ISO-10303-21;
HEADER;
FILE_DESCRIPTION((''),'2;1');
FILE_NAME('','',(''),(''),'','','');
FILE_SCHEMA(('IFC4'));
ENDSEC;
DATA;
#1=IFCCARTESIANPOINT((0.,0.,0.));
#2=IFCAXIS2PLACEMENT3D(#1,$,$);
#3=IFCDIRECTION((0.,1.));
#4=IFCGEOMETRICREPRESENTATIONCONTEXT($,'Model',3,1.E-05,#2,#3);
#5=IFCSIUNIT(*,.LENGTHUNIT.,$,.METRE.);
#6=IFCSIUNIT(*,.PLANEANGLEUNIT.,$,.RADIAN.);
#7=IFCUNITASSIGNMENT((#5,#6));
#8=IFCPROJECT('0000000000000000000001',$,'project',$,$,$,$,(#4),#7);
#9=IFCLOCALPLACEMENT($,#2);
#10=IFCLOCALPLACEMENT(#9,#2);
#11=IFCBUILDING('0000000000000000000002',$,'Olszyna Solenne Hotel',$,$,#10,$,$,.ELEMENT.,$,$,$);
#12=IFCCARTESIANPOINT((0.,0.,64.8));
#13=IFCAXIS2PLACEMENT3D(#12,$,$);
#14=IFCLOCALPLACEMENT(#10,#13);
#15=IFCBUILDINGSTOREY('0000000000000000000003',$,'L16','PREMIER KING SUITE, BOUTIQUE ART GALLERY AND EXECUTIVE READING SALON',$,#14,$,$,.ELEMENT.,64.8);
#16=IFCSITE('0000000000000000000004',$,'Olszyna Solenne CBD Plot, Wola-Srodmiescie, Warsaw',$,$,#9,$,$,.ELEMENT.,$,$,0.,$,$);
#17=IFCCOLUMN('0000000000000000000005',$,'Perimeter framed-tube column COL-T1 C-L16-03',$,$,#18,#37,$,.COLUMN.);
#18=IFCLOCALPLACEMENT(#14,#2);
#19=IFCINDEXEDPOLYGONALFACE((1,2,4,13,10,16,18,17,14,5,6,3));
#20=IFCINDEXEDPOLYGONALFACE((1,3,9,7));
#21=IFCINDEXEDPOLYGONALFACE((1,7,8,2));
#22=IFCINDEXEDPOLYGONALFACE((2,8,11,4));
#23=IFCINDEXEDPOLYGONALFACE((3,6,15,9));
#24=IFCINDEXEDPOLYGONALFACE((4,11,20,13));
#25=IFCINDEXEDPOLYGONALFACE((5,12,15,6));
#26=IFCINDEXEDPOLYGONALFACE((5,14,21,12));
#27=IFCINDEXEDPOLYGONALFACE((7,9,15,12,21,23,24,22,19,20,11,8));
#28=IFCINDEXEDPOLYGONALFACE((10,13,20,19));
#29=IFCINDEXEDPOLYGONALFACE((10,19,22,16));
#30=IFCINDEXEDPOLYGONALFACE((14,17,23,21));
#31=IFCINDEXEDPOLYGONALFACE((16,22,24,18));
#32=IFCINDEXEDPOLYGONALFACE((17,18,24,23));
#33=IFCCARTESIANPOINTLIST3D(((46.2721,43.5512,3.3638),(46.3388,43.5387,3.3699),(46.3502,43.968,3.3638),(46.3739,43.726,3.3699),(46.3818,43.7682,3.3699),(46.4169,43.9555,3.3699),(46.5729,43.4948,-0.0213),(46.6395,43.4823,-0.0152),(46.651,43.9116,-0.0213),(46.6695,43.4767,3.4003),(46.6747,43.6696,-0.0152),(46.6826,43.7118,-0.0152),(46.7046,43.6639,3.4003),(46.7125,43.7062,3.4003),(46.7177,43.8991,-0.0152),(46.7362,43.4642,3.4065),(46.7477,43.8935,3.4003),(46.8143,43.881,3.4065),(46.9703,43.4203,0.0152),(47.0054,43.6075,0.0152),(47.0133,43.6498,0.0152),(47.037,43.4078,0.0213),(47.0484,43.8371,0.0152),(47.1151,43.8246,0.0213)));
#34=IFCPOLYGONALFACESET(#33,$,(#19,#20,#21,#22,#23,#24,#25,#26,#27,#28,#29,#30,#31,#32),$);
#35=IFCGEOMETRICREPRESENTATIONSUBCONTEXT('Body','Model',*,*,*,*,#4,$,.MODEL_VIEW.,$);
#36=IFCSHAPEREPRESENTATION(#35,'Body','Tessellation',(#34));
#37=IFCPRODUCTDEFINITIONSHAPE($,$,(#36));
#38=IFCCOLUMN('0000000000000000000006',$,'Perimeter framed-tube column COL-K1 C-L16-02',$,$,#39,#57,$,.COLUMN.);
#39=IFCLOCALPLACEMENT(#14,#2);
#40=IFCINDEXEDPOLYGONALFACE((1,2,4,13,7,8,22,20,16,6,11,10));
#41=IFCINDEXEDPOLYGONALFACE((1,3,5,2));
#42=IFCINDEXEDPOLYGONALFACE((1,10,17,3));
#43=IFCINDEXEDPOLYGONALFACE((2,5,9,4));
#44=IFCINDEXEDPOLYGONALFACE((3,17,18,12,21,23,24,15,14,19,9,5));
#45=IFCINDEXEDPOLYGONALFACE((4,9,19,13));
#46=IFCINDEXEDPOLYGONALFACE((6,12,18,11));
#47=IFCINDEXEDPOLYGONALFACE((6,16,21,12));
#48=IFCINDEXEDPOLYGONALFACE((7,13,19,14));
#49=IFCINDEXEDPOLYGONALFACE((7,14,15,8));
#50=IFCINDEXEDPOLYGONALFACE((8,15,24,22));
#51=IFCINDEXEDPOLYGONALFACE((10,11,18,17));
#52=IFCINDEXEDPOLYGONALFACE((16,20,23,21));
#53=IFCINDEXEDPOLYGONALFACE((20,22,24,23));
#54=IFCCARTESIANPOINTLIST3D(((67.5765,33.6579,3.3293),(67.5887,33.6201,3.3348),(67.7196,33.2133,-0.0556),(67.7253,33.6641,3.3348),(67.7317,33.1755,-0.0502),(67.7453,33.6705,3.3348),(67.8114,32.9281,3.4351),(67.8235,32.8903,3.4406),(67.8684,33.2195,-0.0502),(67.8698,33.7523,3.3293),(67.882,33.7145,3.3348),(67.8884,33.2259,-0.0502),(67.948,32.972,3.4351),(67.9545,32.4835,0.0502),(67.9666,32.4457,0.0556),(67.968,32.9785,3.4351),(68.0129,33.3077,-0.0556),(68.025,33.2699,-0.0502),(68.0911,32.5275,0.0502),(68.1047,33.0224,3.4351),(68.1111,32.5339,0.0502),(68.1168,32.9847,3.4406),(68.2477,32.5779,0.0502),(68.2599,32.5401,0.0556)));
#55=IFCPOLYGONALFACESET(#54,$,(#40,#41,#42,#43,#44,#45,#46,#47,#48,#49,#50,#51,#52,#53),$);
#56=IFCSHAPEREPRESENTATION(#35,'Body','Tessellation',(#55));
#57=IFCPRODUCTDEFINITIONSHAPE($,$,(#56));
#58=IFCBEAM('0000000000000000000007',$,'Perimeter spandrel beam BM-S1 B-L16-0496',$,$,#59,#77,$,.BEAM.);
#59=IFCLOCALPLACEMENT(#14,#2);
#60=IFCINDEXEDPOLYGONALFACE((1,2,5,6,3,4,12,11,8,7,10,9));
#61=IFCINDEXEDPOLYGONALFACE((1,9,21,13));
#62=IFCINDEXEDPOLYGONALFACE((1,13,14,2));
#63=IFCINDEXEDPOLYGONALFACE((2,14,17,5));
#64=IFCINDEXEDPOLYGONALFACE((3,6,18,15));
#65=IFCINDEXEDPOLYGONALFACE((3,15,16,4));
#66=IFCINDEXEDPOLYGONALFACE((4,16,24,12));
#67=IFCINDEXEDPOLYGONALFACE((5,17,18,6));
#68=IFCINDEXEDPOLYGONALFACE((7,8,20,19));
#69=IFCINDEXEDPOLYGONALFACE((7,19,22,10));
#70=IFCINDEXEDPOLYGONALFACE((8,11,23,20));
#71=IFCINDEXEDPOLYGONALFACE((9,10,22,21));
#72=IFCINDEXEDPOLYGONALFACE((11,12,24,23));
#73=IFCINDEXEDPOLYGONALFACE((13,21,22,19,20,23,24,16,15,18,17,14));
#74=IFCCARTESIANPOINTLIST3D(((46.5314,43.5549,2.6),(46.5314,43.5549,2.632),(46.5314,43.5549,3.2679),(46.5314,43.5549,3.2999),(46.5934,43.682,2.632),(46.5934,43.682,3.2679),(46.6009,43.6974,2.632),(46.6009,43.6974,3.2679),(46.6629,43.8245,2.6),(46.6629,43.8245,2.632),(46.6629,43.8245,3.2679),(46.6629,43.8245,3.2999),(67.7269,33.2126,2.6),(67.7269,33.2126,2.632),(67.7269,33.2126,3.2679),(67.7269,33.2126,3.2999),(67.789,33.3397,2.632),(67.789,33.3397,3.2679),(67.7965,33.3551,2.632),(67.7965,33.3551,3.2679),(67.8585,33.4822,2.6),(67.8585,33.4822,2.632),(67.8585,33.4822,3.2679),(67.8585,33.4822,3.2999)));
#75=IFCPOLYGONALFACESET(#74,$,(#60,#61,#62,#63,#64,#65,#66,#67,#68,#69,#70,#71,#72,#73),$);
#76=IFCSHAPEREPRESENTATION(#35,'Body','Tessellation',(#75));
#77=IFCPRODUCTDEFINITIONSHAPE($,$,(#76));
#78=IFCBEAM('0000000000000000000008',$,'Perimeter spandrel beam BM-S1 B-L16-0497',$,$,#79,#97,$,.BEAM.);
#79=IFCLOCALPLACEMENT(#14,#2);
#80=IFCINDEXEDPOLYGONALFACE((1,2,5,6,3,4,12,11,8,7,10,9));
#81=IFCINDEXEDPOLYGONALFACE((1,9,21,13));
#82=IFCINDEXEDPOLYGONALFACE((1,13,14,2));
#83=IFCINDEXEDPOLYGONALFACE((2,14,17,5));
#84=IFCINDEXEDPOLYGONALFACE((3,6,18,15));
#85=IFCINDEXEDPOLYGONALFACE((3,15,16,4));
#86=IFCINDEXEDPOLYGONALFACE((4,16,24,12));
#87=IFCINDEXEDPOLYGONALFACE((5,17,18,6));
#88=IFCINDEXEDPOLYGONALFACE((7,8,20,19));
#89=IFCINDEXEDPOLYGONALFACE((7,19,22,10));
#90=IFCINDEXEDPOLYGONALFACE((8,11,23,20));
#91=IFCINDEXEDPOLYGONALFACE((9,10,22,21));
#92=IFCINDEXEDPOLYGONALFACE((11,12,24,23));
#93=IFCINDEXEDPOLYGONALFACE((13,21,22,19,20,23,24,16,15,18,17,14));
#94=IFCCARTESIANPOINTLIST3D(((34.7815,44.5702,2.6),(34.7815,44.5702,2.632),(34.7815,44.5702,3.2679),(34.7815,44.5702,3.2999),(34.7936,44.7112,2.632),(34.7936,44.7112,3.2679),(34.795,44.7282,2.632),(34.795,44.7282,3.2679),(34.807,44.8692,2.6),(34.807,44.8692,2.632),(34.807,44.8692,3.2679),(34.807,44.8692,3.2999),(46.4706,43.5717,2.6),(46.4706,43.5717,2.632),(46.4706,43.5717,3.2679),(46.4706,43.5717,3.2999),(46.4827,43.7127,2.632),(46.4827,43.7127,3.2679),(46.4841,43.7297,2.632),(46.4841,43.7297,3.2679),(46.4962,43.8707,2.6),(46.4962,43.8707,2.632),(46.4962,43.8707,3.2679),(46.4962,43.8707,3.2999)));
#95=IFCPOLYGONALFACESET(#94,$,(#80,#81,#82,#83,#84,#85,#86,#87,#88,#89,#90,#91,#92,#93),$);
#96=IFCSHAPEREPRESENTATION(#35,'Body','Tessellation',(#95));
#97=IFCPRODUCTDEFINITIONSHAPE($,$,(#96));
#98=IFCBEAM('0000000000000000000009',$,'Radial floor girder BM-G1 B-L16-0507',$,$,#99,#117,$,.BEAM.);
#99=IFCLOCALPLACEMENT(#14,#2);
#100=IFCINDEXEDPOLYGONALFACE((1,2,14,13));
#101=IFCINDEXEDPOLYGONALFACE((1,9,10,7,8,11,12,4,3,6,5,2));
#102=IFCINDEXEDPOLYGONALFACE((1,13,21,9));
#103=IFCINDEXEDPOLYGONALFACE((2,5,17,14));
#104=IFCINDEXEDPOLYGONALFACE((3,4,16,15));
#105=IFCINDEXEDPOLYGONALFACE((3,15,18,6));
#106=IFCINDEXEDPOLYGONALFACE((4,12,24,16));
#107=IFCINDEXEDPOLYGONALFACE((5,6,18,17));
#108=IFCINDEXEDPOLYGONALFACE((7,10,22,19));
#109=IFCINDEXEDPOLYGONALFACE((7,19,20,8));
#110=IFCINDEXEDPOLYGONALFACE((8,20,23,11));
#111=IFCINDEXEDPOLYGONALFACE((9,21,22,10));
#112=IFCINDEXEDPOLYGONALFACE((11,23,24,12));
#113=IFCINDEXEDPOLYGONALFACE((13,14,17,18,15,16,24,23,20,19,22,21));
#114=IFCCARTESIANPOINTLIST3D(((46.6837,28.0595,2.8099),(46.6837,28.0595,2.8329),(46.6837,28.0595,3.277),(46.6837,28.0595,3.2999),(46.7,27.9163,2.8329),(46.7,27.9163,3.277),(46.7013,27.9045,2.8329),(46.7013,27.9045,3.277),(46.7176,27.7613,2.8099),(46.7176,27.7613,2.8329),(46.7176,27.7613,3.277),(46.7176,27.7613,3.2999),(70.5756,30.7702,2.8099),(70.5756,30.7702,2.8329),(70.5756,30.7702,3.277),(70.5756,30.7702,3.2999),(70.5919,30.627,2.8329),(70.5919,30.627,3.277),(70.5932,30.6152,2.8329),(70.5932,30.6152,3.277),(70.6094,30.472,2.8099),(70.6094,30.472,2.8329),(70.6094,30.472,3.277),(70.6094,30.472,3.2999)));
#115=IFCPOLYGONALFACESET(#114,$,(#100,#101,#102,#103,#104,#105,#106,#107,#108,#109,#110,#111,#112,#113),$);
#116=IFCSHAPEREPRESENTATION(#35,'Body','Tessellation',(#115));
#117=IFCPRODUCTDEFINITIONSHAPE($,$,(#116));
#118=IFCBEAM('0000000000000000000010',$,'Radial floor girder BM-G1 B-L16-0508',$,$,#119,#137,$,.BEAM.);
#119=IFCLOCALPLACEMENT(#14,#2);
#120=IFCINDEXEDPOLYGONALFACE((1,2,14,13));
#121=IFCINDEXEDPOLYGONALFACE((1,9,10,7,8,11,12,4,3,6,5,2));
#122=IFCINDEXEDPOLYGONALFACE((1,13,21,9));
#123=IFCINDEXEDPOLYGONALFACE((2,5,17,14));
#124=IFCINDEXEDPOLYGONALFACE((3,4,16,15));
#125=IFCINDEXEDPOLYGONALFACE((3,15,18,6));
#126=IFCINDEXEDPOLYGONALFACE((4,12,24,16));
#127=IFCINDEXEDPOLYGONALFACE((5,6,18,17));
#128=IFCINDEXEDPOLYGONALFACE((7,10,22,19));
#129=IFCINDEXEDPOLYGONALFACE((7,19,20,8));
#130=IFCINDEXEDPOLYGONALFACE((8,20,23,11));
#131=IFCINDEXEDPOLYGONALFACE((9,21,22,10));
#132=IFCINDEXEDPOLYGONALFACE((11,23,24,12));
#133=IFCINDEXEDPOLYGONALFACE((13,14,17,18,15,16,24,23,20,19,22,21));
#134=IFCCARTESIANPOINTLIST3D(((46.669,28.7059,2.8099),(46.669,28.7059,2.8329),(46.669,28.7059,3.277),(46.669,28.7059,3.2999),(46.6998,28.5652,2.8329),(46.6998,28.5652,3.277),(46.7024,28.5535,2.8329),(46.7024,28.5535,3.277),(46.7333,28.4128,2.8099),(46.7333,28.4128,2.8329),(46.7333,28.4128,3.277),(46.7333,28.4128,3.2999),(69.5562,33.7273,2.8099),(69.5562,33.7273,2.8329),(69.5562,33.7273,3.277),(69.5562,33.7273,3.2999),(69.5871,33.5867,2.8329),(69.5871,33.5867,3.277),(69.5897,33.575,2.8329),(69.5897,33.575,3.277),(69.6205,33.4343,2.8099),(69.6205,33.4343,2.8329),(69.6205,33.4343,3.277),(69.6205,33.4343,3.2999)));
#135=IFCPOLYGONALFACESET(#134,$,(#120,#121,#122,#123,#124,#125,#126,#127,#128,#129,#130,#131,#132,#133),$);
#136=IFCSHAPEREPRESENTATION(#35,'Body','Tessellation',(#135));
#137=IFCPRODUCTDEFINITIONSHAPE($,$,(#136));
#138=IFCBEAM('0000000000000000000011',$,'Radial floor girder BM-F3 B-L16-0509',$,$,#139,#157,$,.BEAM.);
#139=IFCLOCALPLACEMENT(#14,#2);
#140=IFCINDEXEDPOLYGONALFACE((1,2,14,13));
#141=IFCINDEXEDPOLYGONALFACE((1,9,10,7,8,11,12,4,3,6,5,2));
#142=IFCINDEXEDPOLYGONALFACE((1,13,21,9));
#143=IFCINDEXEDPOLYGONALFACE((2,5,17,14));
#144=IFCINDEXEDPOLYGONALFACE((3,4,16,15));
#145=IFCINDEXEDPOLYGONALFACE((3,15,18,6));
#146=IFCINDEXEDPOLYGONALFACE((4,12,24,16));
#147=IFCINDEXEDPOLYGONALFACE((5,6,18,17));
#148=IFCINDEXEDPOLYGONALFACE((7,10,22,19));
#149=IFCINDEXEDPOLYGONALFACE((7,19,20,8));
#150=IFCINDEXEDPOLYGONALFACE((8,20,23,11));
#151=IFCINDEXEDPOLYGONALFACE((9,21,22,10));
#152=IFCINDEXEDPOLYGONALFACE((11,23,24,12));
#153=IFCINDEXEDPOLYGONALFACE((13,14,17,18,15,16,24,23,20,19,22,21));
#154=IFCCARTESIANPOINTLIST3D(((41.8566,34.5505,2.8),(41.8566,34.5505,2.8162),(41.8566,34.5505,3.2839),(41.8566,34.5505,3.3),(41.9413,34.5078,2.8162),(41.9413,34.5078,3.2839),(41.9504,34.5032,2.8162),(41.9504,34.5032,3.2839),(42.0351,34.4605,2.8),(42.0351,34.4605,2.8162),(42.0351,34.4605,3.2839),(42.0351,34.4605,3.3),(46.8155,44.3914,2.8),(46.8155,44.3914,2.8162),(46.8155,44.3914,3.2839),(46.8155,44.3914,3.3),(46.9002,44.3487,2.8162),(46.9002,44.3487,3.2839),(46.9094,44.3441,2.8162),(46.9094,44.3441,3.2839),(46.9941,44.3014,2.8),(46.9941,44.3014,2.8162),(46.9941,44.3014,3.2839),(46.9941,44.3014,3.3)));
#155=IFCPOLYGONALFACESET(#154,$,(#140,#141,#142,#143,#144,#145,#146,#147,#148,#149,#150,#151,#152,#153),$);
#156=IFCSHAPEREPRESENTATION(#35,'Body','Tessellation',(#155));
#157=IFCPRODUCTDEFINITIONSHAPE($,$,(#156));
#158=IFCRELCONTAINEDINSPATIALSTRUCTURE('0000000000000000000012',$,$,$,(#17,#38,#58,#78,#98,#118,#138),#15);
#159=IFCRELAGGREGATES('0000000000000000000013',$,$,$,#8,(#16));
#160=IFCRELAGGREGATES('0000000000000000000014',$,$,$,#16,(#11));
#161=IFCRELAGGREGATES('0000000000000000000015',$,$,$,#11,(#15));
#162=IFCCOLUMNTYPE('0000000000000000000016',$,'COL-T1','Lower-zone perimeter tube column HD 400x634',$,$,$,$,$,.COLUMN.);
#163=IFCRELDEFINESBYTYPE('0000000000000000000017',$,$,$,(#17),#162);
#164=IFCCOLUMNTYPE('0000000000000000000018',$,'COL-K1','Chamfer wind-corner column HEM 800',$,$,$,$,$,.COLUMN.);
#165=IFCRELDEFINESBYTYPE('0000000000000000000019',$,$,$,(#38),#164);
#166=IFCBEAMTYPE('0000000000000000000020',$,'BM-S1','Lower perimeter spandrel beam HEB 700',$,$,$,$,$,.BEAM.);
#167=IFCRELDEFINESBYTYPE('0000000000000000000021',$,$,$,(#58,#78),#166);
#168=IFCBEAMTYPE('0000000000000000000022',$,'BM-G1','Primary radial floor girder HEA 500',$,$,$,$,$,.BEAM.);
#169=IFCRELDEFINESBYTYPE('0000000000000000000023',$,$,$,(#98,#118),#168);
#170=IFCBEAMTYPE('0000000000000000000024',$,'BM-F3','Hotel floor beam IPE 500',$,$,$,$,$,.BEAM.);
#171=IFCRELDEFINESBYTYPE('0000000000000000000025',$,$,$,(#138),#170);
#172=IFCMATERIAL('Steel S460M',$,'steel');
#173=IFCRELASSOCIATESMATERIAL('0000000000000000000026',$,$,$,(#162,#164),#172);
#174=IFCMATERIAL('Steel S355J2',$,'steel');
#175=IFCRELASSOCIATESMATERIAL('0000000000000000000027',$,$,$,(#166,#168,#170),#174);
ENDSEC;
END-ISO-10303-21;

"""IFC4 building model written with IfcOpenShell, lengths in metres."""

from ifc_helpers import new_model, si_unit, direction, frame, origin, origin_2d, place, context, subcontext, project, spatial, i_section, extrude, source, transform, mapped, material, material_profile, profile_set, type_object, element, save


model = new_model("IFC4")

# Units and contexts
model_context = context("Model", 3, precision=1e-05, world=origin(), true_north=direction((0.0, 1.0)))
body_context = subcontext(model_context, "Body", "Model", "MODEL_VIEW")
ifc_project = project(units=[si_unit("LENGTHUNIT", "METRE"), si_unit("PLANEANGLEUNIT", "RADIAN")], contexts=[model_context])

# Site, building, storey
site_placement = place(None, origin())
site = spatial("IfcSite", under=ifc_project, at=site_placement, Name="Olszyna Solenne CBD Plot, Wola-Srodmiescie, Warsaw", CompositionType="ELEMENT", RefElevation=0.0)
building_placement = place(site_placement, origin())
building = spatial("IfcBuilding", under=site, at=building_placement, Name="Olszyna Solenne Hotel", CompositionType="ELEMENT")
storey_placement = place(building_placement, frame((0.0, 0.0, 64.8)))
storey = spatial("IfcBuildingStorey", under=building, at=storey_placement, Name="L16", Description="PREMIER KING SUITE, BOUTIQUE ART GALLERY AND EXECUTIVE READING SALON", CompositionType="ELEMENT", Elevation=64.8)

# Columns
ifc_material_1 = material(Name="Steel S460M", Category="steel")
ifc_material_profile_1 = material_profile(ifc_material_1, i_section(OverallWidth=0.4241, OverallDepth=0.4741, WebThickness=0.043, FlangeThickness=0.0681, at=origin_2d()), Name="HD 400x634", Category="load-bearing")
ifc_profile_set_1 = profile_set([ifc_material_profile_1], Name="Steel S460M")
column_type_1 = type_object("IfcColumnType", Name="COL-T1", Description="Lower-zone perimeter tube column HD 400x634", PredefinedType="COLUMN", material=ifc_profile_set_1)
shared_shape_1 = source(origin(), body_context, "Body", "SweptSolid", [
    extrude(i_section(OverallWidth=0.4241, OverallDepth=0.4741, WebThickness=0.043, FlangeThickness=0.0681, at=origin_2d()), origin(), (0.0, 0.0, 1.0), 3.3989),
])
column_1_placement = place(storey_placement, frame((46.844, 43.6597, 0.0), z_axis=(-0.088496, 0.016593, 0.995938), x_axis=(-0.184289, -0.982872, 0.0)))
element("IfcColumn", 1, at=column_1_placement, inside=storey, type_object=column_type_1, Name="Perimeter framed-tube column COL-T1 C-L16-03", PredefinedType="COLUMN", context=body_context, shape_type="MappedRepresentation", body=[
    mapped(shared_shape_1, transform((0.0, 0.0, 0.0), x_axis=(1.0, 0.0, 0.0), y_axis=(0.0, 1.0, 0.0), z_axis=(0.0, 0.0, 1.0), scale=1.0)),
])
ifc_material_profile_2 = material_profile(ifc_material_1, i_section(OverallWidth=0.3081, OverallDepth=0.814, WebThickness=0.021, FlangeThickness=0.04, at=origin_2d()), Name="HEM 800", Category="load-bearing")
ifc_profile_set_2 = profile_set([ifc_material_profile_2], Name="Steel S460M")
column_type_2 = type_object("IfcColumnType", Name="COL-K1", Description="Chamfer wind-corner column HEM 800", PredefinedType="COLUMN", material=ifc_profile_set_2)
shared_shape_2 = source(origin(), body_context, "Body", "SweptSolid", [
    extrude(i_section(OverallWidth=0.3081, OverallDepth=0.814, WebThickness=0.021, FlangeThickness=0.04, at=origin_2d()), origin(), (0.0, 0.0, 1.0), 3.417),
])
column_2_placement = place(storey_placement, frame((67.9897, 32.8767, 0.0), z_axis=(-0.041868, 0.130105, 0.990616), x_axis=(-0.951925, -0.306331, 0.0)))
element("IfcColumn", 2, at=column_2_placement, inside=storey, type_object=column_type_2, Name="Perimeter framed-tube column COL-K1 C-L16-02", PredefinedType="COLUMN", context=body_context, shape_type="MappedRepresentation", body=[
    mapped(shared_shape_2, transform((0.0, 0.0, 0.0), x_axis=(1.0, 0.0, 0.0), y_axis=(0.0, 1.0, 0.0), z_axis=(0.0, 0.0, 1.0), scale=1.0)),
])

# Beams
ifc_material_2 = material(Name="Steel S355J2", Category="steel")
ifc_material_profile_3 = material_profile(ifc_material_2, i_section(OverallWidth=0.3, OverallDepth=0.7, WebThickness=0.0171, FlangeThickness=0.032, at=origin_2d()), Name="HEB 700", Category="load-bearing")
ifc_profile_set_3 = profile_set([ifc_material_profile_3], Name="Steel S355J2")
beam_type_1 = type_object("IfcBeamType", Name="BM-S1", Description="Lower perimeter spandrel beam HEB 700", PredefinedType="BEAM", material=ifc_profile_set_3)
shared_shape_3 = source(origin(), body_context, "Body", "SweptSolid", [
    extrude(i_section(OverallWidth=0.3, OverallDepth=0.7, WebThickness=0.0171, FlangeThickness=0.032, at=origin_2d()), origin(), (0.0, 0.0, 1.0), 23.5842),
])
beam_1_placement = place(storey_placement, frame((67.7927, 33.3474, 2.95), z_axis=(-0.898718, 0.438526, 0.0), x_axis=(-0.438526, -0.898718, 0.0)))
element("IfcBeam", 3, at=beam_1_placement, inside=storey, type_object=beam_type_1, Name="Perimeter spandrel beam BM-S1 B-L16-0496", PredefinedType="BEAM", context=body_context, shape_type="MappedRepresentation", body=[
    mapped(shared_shape_3, transform((0.0, 0.0, 0.0), x_axis=(1.0, 0.0, 0.0), y_axis=(0.0, 1.0, 0.0), z_axis=(0.0, 0.0, 1.0), scale=1.0)),
])
shared_shape_4 = source(origin(), body_context, "Body", "SweptSolid", [
    extrude(i_section(OverallWidth=0.3, OverallDepth=0.7, WebThickness=0.0171, FlangeThickness=0.032, at=origin_2d()), origin(), (0.0, 0.0, 1.0), 11.7317),
])
beam_2_placement = place(storey_placement, frame((46.4834, 43.7212, 2.95), z_axis=(-0.996371, 0.085114, 0.0), x_axis=(-0.085114, -0.996371, 0.0)))
element("IfcBeam", 4, at=beam_2_placement, inside=storey, type_object=beam_type_1, Name="Perimeter spandrel beam BM-S1 B-L16-0497", PredefinedType="BEAM", context=body_context, shape_type="MappedRepresentation", body=[
    mapped(shared_shape_4, transform((0.0, 0.0, 0.0), x_axis=(1.0, 0.0, 0.0), y_axis=(0.0, 1.0, 0.0), z_axis=(0.0, 0.0, 1.0), scale=1.0)),
])
ifc_material_profile_4 = material_profile(ifc_material_2, i_section(OverallWidth=0.3, OverallDepth=0.49, WebThickness=0.012, FlangeThickness=0.0229, at=origin_2d()), Name="HEA 500", Category="load-bearing")
ifc_profile_set_4 = profile_set([ifc_material_profile_4], Name="Steel S355J2")
beam_type_2 = type_object("IfcBeamType", Name="BM-G1", Description="Primary radial floor girder HEA 500", PredefinedType="BEAM", material=ifc_profile_set_4)
shared_shape_5 = source(origin(), body_context, "Body", "SweptSolid", [
    extrude(i_section(OverallWidth=0.3, OverallDepth=0.49, WebThickness=0.012, FlangeThickness=0.0229, at=origin_2d()), origin(), (0.0, 0.0, 1.0), 24.0452),
])
beam_3_placement = place(storey_placement, frame((70.5925, 30.6211, 3.0549), z_axis=(-0.993625, -0.112734, 0.0), x_axis=(0.112734, -0.993625, 0.0)))
element("IfcBeam", 5, at=beam_3_placement, inside=storey, type_object=beam_type_2, Name="Radial floor girder BM-G1 B-L16-0507", PredefinedType="BEAM", context=body_context, shape_type="MappedRepresentation", body=[
    mapped(shared_shape_5, transform((0.0, 0.0, 0.0), x_axis=(1.0, 0.0, 0.0), y_axis=(0.0, 1.0, 0.0), z_axis=(0.0, 0.0, 1.0), scale=1.0)),
])
shared_shape_6 = source(origin(), body_context, "Body", "SweptSolid", [
    extrude(i_section(OverallWidth=0.3, OverallDepth=0.49, WebThickness=0.012, FlangeThickness=0.0229, at=origin_2d()), origin(), (0.0, 0.0, 1.0), 23.4316),
])
beam_4_placement = place(storey_placement, frame((69.5884, 33.5808, 3.0549), z_axis=(-0.976767, -0.214304, 0.0), x_axis=(0.214304, -0.976767, 0.0)))
element("IfcBeam", 6, at=beam_4_placement, inside=storey, type_object=beam_type_2, Name="Radial floor girder BM-G1 B-L16-0508", PredefinedType="BEAM", context=body_context, shape_type="MappedRepresentation", body=[
    mapped(shared_shape_6, transform((0.0, 0.0, 0.0), x_axis=(1.0, 0.0, 0.0), y_axis=(0.0, 1.0, 0.0), z_axis=(0.0, 0.0, 1.0), scale=1.0)),
])
ifc_material_profile_5 = material_profile(ifc_material_2, i_section(OverallWidth=0.2, OverallDepth=0.5, WebThickness=0.0103, FlangeThickness=0.0161, at=origin_2d()), Name="IPE 500", Category="load-bearing")
ifc_profile_set_5 = profile_set([ifc_material_profile_5], Name="Steel S355J2")
beam_type_3 = type_object("IfcBeamType", Name="BM-F3", Description="Hotel floor beam IPE 500", PredefinedType="BEAM", material=ifc_profile_set_5)
shared_shape_7 = source(origin(), body_context, "Body", "SweptSolid", [
    extrude(i_section(OverallWidth=0.2, OverallDepth=0.5, WebThickness=0.0103, FlangeThickness=0.0161, at=origin_2d()), origin(), (0.0, 0.0, 1.0), 11.0198),
])
beam_5_placement = place(storey_placement, frame((46.9048, 44.3464, 3.05), z_axis=(-0.450003, -0.893027, 0.0), x_axis=(0.893027, -0.450003, 0.0)))
element("IfcBeam", 7, at=beam_5_placement, inside=storey, type_object=beam_type_3, Name="Radial floor girder BM-F3 B-L16-0509", PredefinedType="BEAM", context=body_context, shape_type="MappedRepresentation", body=[
    mapped(shared_shape_7, transform((0.0, 0.0, 0.0), x_axis=(1.0, 0.0, 0.0), y_axis=(0.0, 1.0, 0.0), z_axis=(0.0, 0.0, 1.0), scale=1.0)),
])

save(model, "model.ifc")
